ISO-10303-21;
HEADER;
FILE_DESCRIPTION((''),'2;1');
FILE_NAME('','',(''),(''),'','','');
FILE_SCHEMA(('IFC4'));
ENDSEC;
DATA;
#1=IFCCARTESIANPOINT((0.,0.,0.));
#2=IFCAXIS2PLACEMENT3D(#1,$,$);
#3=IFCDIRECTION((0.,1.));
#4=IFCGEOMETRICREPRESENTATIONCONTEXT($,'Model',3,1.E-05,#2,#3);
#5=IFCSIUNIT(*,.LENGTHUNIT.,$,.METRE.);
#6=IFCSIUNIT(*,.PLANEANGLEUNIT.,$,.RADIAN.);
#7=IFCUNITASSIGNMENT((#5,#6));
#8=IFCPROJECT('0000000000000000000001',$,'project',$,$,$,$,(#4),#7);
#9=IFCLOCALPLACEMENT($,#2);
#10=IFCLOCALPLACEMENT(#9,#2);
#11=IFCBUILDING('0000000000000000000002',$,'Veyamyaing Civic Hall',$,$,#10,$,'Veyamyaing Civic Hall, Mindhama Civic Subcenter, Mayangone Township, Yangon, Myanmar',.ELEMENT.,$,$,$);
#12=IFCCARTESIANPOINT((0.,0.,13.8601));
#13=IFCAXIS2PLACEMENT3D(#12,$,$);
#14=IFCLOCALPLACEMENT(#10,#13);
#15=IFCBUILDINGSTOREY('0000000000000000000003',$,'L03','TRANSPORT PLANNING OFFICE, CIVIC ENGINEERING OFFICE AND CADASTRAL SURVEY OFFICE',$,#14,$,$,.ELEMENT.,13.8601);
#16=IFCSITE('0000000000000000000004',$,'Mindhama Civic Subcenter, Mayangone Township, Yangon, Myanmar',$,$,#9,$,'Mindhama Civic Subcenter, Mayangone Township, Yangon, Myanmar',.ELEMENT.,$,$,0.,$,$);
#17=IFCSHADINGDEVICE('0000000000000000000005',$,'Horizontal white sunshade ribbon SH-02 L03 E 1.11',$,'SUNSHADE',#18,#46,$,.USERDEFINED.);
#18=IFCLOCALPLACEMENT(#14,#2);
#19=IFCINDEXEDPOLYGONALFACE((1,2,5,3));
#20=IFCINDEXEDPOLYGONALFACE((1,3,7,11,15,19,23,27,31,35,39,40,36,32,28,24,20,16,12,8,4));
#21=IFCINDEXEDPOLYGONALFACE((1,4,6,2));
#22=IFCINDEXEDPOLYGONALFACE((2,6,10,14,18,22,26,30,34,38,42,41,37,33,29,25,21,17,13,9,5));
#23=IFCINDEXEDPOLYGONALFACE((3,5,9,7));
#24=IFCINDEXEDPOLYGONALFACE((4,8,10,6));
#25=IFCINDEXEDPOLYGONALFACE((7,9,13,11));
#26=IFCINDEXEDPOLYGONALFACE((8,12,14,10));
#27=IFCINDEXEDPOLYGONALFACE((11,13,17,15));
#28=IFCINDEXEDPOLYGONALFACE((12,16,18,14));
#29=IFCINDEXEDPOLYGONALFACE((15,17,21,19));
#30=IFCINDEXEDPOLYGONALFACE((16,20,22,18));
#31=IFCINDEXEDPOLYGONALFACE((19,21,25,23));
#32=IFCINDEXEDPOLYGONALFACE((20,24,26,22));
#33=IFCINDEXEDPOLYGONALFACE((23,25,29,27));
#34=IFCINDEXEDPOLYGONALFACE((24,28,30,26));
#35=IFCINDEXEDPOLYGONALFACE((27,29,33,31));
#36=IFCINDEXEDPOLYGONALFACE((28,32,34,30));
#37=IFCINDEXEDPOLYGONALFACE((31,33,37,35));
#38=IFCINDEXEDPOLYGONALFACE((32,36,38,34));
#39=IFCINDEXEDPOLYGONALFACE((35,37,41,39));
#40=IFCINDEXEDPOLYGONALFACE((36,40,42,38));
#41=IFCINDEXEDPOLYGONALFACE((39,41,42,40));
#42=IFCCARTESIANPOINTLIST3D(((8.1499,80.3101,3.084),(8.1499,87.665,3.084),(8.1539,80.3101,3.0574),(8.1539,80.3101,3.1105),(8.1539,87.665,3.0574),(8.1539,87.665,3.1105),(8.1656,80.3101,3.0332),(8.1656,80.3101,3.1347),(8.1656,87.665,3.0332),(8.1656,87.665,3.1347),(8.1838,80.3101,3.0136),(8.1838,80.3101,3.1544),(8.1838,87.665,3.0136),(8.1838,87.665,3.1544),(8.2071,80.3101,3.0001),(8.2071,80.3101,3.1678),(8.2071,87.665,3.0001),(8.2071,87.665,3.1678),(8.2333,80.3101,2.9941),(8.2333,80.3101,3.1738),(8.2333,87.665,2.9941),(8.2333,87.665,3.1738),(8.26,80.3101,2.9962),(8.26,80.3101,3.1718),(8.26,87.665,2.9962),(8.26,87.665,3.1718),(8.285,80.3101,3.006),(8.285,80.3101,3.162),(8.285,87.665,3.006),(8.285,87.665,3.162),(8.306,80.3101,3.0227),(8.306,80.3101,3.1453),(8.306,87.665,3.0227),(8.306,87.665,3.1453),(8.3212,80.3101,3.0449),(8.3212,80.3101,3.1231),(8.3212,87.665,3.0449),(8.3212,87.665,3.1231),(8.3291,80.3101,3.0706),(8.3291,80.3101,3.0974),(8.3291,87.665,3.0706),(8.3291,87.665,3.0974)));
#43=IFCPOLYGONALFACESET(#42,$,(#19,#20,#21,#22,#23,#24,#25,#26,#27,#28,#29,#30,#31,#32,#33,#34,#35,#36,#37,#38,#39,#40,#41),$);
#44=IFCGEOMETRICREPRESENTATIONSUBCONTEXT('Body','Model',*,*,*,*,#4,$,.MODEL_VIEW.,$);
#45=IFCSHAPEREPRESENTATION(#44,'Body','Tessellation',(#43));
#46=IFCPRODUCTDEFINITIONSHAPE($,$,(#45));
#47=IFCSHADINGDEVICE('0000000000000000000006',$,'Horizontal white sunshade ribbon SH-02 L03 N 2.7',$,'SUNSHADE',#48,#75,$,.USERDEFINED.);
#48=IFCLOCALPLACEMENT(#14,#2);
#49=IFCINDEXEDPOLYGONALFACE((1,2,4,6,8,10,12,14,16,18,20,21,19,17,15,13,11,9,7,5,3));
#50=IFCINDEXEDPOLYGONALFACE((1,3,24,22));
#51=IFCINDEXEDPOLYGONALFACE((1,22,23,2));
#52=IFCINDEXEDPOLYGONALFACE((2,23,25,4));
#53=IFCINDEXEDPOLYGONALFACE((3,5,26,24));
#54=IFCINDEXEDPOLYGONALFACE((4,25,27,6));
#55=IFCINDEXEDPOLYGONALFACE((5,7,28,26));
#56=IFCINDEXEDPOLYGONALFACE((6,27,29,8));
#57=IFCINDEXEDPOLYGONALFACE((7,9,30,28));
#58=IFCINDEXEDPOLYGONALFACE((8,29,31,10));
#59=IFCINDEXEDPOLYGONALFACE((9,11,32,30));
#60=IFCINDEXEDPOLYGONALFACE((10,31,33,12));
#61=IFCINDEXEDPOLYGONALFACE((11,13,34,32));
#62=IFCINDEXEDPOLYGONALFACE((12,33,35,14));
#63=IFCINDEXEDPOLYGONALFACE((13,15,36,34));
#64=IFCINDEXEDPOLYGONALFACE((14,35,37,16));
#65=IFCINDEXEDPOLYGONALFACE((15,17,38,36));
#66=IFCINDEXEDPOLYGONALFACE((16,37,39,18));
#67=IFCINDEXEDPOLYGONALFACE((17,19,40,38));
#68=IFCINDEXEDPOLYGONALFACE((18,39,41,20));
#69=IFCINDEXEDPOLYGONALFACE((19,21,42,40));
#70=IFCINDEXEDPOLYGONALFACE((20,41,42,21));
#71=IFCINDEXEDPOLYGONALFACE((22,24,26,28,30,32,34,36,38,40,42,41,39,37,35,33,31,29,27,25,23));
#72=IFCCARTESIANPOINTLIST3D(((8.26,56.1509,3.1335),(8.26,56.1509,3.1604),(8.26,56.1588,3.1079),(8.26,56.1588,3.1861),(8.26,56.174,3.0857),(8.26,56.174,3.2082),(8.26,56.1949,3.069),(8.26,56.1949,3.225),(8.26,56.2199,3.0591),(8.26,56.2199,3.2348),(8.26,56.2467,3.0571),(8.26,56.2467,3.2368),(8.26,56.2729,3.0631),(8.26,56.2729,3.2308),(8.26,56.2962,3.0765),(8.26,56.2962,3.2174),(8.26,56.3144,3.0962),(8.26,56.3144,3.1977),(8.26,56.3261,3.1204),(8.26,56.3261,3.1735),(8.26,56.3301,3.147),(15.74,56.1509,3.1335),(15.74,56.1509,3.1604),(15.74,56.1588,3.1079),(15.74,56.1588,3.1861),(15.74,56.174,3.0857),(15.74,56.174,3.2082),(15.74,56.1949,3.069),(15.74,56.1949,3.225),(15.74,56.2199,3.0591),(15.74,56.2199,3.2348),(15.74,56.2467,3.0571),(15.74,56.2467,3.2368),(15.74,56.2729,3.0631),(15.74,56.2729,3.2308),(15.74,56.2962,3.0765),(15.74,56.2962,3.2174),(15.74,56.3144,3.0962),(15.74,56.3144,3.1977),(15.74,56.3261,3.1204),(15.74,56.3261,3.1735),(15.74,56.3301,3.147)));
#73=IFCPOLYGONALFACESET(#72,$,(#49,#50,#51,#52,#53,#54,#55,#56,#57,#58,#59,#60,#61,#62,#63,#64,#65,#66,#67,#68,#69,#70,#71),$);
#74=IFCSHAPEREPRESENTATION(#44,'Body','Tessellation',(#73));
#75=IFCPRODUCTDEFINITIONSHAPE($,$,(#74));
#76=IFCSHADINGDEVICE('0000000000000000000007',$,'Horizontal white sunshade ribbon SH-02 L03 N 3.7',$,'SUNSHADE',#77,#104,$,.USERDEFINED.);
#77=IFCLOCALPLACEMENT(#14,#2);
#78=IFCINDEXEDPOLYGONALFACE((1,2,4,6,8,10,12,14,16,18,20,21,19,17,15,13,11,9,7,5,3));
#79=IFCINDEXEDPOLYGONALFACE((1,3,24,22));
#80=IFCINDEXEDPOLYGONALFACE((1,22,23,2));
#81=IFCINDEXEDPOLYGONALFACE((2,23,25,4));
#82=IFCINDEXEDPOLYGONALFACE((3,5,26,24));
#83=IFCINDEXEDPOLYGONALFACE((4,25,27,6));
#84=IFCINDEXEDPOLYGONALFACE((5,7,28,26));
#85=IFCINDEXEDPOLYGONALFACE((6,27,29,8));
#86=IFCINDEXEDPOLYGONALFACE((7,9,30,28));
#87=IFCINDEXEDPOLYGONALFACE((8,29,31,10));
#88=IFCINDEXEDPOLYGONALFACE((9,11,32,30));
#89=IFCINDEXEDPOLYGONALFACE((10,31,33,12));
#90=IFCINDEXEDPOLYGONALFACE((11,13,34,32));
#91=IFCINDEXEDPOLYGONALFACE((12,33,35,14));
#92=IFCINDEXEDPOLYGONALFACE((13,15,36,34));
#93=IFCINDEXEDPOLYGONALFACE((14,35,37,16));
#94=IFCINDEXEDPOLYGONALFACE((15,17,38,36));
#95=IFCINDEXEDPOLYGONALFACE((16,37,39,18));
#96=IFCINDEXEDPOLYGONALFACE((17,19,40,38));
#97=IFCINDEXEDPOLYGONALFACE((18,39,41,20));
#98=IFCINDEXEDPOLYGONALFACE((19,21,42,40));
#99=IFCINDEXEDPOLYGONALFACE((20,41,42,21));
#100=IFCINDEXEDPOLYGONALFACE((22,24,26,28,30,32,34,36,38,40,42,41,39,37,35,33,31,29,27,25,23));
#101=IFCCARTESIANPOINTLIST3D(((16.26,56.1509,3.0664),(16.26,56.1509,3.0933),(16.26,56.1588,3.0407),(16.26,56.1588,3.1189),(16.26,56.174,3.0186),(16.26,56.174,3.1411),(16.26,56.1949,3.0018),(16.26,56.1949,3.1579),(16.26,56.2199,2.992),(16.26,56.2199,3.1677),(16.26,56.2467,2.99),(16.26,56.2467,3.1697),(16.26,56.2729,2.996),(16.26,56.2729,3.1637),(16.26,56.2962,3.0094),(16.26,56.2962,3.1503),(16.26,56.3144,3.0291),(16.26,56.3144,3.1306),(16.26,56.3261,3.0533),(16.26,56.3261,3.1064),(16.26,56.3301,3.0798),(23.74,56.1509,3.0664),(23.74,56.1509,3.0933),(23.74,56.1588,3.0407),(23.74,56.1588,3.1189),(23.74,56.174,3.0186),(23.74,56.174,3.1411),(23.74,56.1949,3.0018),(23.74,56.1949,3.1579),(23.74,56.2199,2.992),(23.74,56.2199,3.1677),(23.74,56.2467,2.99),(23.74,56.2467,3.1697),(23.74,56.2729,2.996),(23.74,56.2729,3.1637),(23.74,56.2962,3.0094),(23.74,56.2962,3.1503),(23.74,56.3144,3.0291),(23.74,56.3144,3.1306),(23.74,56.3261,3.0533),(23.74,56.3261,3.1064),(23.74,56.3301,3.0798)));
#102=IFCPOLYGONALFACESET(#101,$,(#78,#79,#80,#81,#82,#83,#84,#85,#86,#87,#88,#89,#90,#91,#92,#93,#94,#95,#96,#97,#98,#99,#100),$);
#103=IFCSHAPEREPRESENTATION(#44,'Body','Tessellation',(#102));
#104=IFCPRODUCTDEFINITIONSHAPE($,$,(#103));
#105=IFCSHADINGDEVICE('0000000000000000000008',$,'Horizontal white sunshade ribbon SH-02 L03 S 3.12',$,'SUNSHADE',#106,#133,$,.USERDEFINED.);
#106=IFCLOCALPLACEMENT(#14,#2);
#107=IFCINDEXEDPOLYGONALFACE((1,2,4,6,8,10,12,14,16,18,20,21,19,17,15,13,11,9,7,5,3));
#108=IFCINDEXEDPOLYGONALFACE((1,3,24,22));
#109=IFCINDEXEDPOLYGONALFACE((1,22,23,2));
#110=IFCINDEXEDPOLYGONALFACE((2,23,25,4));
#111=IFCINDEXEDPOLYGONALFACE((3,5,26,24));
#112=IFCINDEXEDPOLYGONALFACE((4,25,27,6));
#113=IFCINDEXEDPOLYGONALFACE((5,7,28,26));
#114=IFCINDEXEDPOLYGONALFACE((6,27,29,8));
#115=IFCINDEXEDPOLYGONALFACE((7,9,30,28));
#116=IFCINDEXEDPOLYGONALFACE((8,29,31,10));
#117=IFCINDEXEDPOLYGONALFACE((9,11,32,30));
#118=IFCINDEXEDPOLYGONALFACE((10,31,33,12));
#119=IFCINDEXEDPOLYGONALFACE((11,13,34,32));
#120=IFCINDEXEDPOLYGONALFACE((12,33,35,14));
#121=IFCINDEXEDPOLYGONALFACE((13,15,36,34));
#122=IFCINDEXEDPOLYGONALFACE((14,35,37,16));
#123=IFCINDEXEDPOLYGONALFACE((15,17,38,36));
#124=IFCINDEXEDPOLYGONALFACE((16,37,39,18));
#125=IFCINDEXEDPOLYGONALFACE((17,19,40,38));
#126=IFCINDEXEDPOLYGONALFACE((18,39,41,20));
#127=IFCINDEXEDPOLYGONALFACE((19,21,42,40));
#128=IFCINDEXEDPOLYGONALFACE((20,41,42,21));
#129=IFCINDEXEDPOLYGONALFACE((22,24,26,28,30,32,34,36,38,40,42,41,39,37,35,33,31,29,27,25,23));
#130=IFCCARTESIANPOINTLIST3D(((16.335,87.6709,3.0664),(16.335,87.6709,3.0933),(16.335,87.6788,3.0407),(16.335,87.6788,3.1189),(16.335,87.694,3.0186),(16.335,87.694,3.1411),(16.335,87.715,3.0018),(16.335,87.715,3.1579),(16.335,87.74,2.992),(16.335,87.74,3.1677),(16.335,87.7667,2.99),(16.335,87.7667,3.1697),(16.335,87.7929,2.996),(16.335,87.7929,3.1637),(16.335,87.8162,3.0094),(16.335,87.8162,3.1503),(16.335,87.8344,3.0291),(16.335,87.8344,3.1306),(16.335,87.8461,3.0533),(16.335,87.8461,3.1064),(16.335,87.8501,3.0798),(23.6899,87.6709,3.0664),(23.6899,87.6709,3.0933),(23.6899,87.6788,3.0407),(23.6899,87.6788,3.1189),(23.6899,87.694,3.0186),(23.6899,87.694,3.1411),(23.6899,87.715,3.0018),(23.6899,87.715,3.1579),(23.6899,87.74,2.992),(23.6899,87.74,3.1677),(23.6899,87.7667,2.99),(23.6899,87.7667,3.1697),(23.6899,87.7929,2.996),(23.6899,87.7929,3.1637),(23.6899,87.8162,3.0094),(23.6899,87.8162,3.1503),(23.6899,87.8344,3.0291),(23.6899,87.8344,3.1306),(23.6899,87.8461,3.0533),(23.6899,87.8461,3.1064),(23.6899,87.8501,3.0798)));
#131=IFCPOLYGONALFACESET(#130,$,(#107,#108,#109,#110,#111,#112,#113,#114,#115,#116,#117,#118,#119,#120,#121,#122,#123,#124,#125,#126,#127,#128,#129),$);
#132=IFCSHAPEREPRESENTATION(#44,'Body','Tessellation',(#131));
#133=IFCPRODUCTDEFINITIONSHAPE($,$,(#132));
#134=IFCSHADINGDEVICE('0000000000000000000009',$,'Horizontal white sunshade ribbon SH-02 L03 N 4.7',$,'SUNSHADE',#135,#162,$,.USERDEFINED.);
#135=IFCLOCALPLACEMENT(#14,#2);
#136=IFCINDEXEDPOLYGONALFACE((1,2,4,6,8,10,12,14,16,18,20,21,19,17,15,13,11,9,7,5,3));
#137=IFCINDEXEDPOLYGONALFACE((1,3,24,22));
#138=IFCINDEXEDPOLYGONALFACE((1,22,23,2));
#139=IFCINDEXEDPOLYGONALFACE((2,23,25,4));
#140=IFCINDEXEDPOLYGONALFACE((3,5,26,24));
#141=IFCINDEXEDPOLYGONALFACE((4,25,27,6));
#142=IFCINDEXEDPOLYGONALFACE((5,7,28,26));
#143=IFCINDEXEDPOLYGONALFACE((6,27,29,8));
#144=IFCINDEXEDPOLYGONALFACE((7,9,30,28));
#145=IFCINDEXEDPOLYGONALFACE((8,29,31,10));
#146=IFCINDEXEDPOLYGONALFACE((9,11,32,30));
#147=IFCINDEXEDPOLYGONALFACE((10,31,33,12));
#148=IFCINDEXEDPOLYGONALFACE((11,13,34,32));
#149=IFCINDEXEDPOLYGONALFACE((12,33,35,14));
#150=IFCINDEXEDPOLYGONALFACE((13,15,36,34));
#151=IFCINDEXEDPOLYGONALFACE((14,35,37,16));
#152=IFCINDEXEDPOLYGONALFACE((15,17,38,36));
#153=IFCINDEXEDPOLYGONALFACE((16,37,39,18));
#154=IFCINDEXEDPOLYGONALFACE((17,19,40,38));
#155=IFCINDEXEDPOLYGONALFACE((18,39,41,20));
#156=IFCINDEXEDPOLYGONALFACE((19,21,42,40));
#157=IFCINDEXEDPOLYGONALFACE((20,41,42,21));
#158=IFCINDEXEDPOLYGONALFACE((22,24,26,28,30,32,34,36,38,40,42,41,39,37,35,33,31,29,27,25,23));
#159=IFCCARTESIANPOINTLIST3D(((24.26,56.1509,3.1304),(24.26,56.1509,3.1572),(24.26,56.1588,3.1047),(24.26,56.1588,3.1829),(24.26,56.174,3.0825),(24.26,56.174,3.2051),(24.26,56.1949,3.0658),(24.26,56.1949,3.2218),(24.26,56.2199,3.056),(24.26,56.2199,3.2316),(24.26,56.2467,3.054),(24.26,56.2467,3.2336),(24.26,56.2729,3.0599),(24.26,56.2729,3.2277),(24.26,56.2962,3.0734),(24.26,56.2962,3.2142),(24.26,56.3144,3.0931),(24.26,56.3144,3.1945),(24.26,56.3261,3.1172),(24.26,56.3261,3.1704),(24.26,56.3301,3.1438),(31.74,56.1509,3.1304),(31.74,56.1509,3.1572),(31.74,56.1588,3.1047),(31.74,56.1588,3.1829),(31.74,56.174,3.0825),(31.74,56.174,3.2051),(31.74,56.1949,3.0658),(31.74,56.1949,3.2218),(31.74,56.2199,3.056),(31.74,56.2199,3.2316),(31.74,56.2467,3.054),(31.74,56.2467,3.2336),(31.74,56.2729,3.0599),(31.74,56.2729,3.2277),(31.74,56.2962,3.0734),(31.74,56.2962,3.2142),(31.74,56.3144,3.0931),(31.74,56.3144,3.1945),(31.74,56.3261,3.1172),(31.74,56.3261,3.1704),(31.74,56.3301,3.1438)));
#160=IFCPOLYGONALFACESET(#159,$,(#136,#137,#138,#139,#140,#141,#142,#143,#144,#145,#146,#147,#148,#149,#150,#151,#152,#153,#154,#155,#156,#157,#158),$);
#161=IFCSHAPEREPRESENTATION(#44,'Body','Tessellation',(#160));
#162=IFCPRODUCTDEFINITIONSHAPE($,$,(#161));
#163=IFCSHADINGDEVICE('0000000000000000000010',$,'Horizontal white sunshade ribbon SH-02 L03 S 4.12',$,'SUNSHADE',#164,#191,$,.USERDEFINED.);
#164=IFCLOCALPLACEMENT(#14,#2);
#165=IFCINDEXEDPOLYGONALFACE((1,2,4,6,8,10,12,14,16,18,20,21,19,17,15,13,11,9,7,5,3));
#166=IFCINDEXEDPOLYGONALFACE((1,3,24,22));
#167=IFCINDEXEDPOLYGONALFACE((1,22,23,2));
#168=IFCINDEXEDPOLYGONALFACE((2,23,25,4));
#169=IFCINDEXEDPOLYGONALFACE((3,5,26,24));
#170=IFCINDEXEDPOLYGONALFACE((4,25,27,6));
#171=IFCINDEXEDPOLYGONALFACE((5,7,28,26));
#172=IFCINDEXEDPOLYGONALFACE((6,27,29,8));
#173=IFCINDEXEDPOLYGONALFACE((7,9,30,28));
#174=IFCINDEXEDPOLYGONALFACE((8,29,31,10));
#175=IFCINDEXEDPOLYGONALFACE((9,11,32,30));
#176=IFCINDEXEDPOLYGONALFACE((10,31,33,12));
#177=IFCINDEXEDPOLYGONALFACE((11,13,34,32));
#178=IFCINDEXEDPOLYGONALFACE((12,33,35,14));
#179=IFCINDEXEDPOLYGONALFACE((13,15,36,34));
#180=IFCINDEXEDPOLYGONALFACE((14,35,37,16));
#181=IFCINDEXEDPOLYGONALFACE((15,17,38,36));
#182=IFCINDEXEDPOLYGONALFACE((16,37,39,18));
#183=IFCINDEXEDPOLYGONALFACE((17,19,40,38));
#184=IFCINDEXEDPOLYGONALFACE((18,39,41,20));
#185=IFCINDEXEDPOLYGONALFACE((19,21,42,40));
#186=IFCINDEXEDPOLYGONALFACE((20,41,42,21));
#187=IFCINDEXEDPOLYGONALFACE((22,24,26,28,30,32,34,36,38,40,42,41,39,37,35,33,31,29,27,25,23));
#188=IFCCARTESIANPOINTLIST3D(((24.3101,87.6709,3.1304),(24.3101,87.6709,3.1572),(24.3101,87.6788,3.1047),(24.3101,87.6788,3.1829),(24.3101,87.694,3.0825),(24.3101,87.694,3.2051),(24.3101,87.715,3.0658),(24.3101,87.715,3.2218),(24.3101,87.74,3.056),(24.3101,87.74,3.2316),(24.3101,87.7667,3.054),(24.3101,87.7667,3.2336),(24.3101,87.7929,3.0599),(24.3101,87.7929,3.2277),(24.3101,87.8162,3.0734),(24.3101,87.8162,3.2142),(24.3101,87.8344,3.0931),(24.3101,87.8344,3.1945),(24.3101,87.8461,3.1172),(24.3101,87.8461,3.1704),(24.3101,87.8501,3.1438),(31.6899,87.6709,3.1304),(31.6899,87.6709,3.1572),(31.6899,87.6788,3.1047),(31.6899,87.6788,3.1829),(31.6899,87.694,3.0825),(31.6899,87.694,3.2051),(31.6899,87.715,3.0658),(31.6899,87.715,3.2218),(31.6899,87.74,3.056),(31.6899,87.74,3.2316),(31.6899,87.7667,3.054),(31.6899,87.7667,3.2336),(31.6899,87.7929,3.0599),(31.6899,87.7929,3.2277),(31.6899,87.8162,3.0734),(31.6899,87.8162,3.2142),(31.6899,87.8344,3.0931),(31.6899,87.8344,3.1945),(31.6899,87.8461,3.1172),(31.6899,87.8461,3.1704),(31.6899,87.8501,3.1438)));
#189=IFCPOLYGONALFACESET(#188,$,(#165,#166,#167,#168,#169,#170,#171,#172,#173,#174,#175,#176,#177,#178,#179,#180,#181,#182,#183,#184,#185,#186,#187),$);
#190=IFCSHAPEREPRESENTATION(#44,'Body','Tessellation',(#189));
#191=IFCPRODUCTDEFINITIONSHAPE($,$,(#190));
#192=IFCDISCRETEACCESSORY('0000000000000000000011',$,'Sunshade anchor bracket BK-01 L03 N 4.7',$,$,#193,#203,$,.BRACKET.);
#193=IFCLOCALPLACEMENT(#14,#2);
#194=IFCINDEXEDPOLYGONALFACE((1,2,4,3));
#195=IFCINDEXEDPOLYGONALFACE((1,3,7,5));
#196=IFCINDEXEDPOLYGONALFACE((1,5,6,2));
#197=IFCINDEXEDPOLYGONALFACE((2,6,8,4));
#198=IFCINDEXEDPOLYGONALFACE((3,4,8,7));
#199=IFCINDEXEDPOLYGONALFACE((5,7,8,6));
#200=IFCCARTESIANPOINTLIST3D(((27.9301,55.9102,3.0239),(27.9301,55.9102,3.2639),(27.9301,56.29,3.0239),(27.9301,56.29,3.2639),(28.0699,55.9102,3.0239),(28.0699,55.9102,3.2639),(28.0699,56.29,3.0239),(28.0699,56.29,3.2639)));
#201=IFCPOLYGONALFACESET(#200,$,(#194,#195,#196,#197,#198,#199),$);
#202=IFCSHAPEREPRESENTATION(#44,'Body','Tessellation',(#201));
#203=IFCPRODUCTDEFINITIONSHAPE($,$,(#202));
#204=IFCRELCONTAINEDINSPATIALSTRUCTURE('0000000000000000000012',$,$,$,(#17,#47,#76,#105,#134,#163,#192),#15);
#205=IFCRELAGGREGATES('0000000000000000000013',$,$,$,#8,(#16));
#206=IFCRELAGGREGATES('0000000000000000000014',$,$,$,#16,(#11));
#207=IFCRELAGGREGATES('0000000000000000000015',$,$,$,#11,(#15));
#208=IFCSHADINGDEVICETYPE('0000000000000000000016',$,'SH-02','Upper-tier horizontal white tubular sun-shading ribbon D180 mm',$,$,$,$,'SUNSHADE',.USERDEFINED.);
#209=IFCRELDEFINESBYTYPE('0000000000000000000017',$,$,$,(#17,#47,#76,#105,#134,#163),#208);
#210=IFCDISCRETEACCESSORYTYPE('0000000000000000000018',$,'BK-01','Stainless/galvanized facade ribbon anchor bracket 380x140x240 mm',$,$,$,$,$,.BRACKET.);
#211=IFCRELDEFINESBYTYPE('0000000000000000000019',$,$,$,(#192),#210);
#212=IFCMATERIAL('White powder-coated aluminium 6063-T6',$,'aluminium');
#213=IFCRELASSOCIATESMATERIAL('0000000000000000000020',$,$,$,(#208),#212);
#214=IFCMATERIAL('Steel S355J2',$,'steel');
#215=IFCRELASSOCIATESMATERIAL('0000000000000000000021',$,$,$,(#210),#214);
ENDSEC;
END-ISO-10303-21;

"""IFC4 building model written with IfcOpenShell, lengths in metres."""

from ifc_helpers import new_model, si_unit, direction, frame, origin, origin_2d, place, context, subcontext, project, spatial, rectangle, circle, extrude, material, material_profile, profile_set, type_object, element, save


model = new_model("IFC4")

# Units and contexts
model_context = context("Model", 3, precision=1e-05, world=origin(), true_north=direction((0.0, 1.0)))
body_context = subcontext(model_context, "Body", "Model", "MODEL_VIEW")
ifc_project = project(units=[si_unit("LENGTHUNIT", "METRE"), si_unit("PLANEANGLEUNIT", "RADIAN")], contexts=[model_context])

# Site, building, storey
site_placement = place(None, origin())
site = spatial("IfcSite", under=ifc_project, at=site_placement, Name="Mindhama Civic Subcenter, Mayangone Township, Yangon, Myanmar", LongName="Mindhama Civic Subcenter, Mayangone Township, Yangon, Myanmar", CompositionType="ELEMENT", RefElevation=0.0)
building_placement = place(site_placement, origin())
building = spatial("IfcBuilding", under=site, at=building_placement, Name="Veyamyaing Civic Hall", LongName="Veyamyaing Civic Hall, Mindhama Civic Subcenter, Mayangone Township, Yangon, Myanmar", CompositionType="ELEMENT")
storey_placement = place(building_placement, frame((0.0, 0.0, 13.8601)))
storey = spatial("IfcBuildingStorey", under=building, at=storey_placement, Name="L03", Description="TRANSPORT PLANNING OFFICE, CIVIC ENGINEERING OFFICE AND CADASTRAL SURVEY OFFICE", CompositionType="ELEMENT", Elevation=13.8601)

# Shared definitions
ifc_material_1 = material(Name="White powder-coated aluminium 6063-T6", Category="aluminium")

# Shading devices
ifc_material_profile_1 = material_profile(ifc_material_1, circle(Radius=0.0901, at=origin_2d()), Name="SHADE-TUBE-180")
ifc_profile_set_1 = profile_set([ifc_material_profile_1], Name="White powder-coated aluminium 6063-T6")
shading_device_type_1 = type_object("IfcShadingDeviceType", Name="SH-02", Description="Upper-tier horizontal white tubular sun-shading ribbon D180 mm", ElementType="SUNSHADE", PredefinedType="USERDEFINED", material=ifc_profile_set_1)
shading_device_1_placement = place(storey_placement, frame((8.24, 80.3101, 3.084), z_axis=(0.0, 1.0, 0.0), x_axis=(-1.0, 0.0, 0.0)))
element("IfcShadingDevice", 1, at=shading_device_1_placement, inside=storey, type_object=shading_device_type_1, Name="Horizontal white sunshade ribbon SH-02 L03 E 1.11", ObjectType="SUNSHADE", PredefinedType="USERDEFINED", context=body_context, shape_type="SweptSolid", body=[
    extrude(circle(Radius=0.0901, at=origin_2d()), origin(), (0.0, 0.0, 1.0), 7.355),
])
for number, where, z_axis, x_axis, name in (
    (2, (8.26, 56.24, 3.147), (1.0, 0.0, 0.0), (0.0, 1.0, 0.0), "Horizontal white sunshade ribbon SH-02 L03 N 2.7"),
    (3, (16.26, 56.24, 3.0798), (1.0, 0.0, 0.0), (0.0, 1.0, 0.0), "Horizontal white sunshade ribbon SH-02 L03 N 3.7"),
):
    element("IfcShadingDevice", number, at=place(storey_placement, frame(where, z_axis=z_axis, x_axis=x_axis)), inside=storey, type_object=shading_device_type_1, Name=name, ObjectType="SUNSHADE", PredefinedType="USERDEFINED", context=body_context, shape_type="SweptSolid", body=[
        extrude(circle(Radius=0.0901, at=origin_2d()), origin(), (0.0, 0.0, 1.0), 7.48),
    ])
shading_device_2_placement = place(storey_placement, frame((16.335, 87.76, 3.0798), z_axis=(1.0, 0.0, 0.0), x_axis=(0.0, 1.0, 0.0)))
element("IfcShadingDevice", 4, at=shading_device_2_placement, inside=storey, type_object=shading_device_type_1, Name="Horizontal white sunshade ribbon SH-02 L03 S 3.12", ObjectType="SUNSHADE", PredefinedType="USERDEFINED", context=body_context, shape_type="SweptSolid", body=[
    extrude(circle(Radius=0.0901, at=origin_2d()), origin(), (0.0, 0.0, 1.0), 7.355),
])
shading_device_3_placement = place(storey_placement, frame((24.26, 56.24, 3.1438), z_axis=(1.0, 0.0, 0.0), x_axis=(0.0, 1.0, 0.0)))
element("IfcShadingDevice", 5, at=shading_device_3_placement, inside=storey, type_object=shading_device_type_1, Name="Horizontal white sunshade ribbon SH-02 L03 N 4.7", ObjectType="SUNSHADE", PredefinedType="USERDEFINED", context=body_context, shape_type="SweptSolid", body=[
    extrude(circle(Radius=0.0901, at=origin_2d()), origin(), (0.0, 0.0, 1.0), 7.48),
])
shading_device_4_placement = place(storey_placement, frame((24.3101, 87.76, 3.1438), z_axis=(1.0, 0.0, 0.0), x_axis=(0.0, 1.0, 0.0)))
element("IfcShadingDevice", 6, at=shading_device_4_placement, inside=storey, type_object=shading_device_type_1, Name="Horizontal white sunshade ribbon SH-02 L03 S 4.12", ObjectType="SUNSHADE", PredefinedType="USERDEFINED", context=body_context, shape_type="SweptSolid", body=[
    extrude(circle(Radius=0.0901, at=origin_2d()), origin(), (0.0, 0.0, 1.0), 7.3799),
])

# Discrete accessory
ifc_material_2 = material(Name="Steel S355J2", Category="steel")
discrete_accessory_type = type_object("IfcDiscreteAccessoryType", Name="BK-01", Description="Stainless/galvanized facade ribbon anchor bracket 380x140x240 mm", PredefinedType="BRACKET", material=ifc_material_2)
for number, where, z_axis, x_axis, name in (
    (7, (28.0, 56.1001, 3.0239), (0.0, 0.0, 1.0), (0.0, 1.0, 0.0), "Sunshade anchor bracket BK-01 L03 N 4.7"),
):
    element("IfcDiscreteAccessory", number, at=place(storey_placement, frame(where, z_axis=z_axis, x_axis=x_axis)), inside=storey, type_object=discrete_accessory_type, Name=name, PredefinedType="BRACKET", context=body_context, shape_type="SweptSolid", body=[
        extrude(rectangle(XDim=0.3799, YDim=0.1399, at=origin_2d()), origin(), (0.0, 0.0, 1.0), 0.24),
    ])

save(model, "model.ifc")
